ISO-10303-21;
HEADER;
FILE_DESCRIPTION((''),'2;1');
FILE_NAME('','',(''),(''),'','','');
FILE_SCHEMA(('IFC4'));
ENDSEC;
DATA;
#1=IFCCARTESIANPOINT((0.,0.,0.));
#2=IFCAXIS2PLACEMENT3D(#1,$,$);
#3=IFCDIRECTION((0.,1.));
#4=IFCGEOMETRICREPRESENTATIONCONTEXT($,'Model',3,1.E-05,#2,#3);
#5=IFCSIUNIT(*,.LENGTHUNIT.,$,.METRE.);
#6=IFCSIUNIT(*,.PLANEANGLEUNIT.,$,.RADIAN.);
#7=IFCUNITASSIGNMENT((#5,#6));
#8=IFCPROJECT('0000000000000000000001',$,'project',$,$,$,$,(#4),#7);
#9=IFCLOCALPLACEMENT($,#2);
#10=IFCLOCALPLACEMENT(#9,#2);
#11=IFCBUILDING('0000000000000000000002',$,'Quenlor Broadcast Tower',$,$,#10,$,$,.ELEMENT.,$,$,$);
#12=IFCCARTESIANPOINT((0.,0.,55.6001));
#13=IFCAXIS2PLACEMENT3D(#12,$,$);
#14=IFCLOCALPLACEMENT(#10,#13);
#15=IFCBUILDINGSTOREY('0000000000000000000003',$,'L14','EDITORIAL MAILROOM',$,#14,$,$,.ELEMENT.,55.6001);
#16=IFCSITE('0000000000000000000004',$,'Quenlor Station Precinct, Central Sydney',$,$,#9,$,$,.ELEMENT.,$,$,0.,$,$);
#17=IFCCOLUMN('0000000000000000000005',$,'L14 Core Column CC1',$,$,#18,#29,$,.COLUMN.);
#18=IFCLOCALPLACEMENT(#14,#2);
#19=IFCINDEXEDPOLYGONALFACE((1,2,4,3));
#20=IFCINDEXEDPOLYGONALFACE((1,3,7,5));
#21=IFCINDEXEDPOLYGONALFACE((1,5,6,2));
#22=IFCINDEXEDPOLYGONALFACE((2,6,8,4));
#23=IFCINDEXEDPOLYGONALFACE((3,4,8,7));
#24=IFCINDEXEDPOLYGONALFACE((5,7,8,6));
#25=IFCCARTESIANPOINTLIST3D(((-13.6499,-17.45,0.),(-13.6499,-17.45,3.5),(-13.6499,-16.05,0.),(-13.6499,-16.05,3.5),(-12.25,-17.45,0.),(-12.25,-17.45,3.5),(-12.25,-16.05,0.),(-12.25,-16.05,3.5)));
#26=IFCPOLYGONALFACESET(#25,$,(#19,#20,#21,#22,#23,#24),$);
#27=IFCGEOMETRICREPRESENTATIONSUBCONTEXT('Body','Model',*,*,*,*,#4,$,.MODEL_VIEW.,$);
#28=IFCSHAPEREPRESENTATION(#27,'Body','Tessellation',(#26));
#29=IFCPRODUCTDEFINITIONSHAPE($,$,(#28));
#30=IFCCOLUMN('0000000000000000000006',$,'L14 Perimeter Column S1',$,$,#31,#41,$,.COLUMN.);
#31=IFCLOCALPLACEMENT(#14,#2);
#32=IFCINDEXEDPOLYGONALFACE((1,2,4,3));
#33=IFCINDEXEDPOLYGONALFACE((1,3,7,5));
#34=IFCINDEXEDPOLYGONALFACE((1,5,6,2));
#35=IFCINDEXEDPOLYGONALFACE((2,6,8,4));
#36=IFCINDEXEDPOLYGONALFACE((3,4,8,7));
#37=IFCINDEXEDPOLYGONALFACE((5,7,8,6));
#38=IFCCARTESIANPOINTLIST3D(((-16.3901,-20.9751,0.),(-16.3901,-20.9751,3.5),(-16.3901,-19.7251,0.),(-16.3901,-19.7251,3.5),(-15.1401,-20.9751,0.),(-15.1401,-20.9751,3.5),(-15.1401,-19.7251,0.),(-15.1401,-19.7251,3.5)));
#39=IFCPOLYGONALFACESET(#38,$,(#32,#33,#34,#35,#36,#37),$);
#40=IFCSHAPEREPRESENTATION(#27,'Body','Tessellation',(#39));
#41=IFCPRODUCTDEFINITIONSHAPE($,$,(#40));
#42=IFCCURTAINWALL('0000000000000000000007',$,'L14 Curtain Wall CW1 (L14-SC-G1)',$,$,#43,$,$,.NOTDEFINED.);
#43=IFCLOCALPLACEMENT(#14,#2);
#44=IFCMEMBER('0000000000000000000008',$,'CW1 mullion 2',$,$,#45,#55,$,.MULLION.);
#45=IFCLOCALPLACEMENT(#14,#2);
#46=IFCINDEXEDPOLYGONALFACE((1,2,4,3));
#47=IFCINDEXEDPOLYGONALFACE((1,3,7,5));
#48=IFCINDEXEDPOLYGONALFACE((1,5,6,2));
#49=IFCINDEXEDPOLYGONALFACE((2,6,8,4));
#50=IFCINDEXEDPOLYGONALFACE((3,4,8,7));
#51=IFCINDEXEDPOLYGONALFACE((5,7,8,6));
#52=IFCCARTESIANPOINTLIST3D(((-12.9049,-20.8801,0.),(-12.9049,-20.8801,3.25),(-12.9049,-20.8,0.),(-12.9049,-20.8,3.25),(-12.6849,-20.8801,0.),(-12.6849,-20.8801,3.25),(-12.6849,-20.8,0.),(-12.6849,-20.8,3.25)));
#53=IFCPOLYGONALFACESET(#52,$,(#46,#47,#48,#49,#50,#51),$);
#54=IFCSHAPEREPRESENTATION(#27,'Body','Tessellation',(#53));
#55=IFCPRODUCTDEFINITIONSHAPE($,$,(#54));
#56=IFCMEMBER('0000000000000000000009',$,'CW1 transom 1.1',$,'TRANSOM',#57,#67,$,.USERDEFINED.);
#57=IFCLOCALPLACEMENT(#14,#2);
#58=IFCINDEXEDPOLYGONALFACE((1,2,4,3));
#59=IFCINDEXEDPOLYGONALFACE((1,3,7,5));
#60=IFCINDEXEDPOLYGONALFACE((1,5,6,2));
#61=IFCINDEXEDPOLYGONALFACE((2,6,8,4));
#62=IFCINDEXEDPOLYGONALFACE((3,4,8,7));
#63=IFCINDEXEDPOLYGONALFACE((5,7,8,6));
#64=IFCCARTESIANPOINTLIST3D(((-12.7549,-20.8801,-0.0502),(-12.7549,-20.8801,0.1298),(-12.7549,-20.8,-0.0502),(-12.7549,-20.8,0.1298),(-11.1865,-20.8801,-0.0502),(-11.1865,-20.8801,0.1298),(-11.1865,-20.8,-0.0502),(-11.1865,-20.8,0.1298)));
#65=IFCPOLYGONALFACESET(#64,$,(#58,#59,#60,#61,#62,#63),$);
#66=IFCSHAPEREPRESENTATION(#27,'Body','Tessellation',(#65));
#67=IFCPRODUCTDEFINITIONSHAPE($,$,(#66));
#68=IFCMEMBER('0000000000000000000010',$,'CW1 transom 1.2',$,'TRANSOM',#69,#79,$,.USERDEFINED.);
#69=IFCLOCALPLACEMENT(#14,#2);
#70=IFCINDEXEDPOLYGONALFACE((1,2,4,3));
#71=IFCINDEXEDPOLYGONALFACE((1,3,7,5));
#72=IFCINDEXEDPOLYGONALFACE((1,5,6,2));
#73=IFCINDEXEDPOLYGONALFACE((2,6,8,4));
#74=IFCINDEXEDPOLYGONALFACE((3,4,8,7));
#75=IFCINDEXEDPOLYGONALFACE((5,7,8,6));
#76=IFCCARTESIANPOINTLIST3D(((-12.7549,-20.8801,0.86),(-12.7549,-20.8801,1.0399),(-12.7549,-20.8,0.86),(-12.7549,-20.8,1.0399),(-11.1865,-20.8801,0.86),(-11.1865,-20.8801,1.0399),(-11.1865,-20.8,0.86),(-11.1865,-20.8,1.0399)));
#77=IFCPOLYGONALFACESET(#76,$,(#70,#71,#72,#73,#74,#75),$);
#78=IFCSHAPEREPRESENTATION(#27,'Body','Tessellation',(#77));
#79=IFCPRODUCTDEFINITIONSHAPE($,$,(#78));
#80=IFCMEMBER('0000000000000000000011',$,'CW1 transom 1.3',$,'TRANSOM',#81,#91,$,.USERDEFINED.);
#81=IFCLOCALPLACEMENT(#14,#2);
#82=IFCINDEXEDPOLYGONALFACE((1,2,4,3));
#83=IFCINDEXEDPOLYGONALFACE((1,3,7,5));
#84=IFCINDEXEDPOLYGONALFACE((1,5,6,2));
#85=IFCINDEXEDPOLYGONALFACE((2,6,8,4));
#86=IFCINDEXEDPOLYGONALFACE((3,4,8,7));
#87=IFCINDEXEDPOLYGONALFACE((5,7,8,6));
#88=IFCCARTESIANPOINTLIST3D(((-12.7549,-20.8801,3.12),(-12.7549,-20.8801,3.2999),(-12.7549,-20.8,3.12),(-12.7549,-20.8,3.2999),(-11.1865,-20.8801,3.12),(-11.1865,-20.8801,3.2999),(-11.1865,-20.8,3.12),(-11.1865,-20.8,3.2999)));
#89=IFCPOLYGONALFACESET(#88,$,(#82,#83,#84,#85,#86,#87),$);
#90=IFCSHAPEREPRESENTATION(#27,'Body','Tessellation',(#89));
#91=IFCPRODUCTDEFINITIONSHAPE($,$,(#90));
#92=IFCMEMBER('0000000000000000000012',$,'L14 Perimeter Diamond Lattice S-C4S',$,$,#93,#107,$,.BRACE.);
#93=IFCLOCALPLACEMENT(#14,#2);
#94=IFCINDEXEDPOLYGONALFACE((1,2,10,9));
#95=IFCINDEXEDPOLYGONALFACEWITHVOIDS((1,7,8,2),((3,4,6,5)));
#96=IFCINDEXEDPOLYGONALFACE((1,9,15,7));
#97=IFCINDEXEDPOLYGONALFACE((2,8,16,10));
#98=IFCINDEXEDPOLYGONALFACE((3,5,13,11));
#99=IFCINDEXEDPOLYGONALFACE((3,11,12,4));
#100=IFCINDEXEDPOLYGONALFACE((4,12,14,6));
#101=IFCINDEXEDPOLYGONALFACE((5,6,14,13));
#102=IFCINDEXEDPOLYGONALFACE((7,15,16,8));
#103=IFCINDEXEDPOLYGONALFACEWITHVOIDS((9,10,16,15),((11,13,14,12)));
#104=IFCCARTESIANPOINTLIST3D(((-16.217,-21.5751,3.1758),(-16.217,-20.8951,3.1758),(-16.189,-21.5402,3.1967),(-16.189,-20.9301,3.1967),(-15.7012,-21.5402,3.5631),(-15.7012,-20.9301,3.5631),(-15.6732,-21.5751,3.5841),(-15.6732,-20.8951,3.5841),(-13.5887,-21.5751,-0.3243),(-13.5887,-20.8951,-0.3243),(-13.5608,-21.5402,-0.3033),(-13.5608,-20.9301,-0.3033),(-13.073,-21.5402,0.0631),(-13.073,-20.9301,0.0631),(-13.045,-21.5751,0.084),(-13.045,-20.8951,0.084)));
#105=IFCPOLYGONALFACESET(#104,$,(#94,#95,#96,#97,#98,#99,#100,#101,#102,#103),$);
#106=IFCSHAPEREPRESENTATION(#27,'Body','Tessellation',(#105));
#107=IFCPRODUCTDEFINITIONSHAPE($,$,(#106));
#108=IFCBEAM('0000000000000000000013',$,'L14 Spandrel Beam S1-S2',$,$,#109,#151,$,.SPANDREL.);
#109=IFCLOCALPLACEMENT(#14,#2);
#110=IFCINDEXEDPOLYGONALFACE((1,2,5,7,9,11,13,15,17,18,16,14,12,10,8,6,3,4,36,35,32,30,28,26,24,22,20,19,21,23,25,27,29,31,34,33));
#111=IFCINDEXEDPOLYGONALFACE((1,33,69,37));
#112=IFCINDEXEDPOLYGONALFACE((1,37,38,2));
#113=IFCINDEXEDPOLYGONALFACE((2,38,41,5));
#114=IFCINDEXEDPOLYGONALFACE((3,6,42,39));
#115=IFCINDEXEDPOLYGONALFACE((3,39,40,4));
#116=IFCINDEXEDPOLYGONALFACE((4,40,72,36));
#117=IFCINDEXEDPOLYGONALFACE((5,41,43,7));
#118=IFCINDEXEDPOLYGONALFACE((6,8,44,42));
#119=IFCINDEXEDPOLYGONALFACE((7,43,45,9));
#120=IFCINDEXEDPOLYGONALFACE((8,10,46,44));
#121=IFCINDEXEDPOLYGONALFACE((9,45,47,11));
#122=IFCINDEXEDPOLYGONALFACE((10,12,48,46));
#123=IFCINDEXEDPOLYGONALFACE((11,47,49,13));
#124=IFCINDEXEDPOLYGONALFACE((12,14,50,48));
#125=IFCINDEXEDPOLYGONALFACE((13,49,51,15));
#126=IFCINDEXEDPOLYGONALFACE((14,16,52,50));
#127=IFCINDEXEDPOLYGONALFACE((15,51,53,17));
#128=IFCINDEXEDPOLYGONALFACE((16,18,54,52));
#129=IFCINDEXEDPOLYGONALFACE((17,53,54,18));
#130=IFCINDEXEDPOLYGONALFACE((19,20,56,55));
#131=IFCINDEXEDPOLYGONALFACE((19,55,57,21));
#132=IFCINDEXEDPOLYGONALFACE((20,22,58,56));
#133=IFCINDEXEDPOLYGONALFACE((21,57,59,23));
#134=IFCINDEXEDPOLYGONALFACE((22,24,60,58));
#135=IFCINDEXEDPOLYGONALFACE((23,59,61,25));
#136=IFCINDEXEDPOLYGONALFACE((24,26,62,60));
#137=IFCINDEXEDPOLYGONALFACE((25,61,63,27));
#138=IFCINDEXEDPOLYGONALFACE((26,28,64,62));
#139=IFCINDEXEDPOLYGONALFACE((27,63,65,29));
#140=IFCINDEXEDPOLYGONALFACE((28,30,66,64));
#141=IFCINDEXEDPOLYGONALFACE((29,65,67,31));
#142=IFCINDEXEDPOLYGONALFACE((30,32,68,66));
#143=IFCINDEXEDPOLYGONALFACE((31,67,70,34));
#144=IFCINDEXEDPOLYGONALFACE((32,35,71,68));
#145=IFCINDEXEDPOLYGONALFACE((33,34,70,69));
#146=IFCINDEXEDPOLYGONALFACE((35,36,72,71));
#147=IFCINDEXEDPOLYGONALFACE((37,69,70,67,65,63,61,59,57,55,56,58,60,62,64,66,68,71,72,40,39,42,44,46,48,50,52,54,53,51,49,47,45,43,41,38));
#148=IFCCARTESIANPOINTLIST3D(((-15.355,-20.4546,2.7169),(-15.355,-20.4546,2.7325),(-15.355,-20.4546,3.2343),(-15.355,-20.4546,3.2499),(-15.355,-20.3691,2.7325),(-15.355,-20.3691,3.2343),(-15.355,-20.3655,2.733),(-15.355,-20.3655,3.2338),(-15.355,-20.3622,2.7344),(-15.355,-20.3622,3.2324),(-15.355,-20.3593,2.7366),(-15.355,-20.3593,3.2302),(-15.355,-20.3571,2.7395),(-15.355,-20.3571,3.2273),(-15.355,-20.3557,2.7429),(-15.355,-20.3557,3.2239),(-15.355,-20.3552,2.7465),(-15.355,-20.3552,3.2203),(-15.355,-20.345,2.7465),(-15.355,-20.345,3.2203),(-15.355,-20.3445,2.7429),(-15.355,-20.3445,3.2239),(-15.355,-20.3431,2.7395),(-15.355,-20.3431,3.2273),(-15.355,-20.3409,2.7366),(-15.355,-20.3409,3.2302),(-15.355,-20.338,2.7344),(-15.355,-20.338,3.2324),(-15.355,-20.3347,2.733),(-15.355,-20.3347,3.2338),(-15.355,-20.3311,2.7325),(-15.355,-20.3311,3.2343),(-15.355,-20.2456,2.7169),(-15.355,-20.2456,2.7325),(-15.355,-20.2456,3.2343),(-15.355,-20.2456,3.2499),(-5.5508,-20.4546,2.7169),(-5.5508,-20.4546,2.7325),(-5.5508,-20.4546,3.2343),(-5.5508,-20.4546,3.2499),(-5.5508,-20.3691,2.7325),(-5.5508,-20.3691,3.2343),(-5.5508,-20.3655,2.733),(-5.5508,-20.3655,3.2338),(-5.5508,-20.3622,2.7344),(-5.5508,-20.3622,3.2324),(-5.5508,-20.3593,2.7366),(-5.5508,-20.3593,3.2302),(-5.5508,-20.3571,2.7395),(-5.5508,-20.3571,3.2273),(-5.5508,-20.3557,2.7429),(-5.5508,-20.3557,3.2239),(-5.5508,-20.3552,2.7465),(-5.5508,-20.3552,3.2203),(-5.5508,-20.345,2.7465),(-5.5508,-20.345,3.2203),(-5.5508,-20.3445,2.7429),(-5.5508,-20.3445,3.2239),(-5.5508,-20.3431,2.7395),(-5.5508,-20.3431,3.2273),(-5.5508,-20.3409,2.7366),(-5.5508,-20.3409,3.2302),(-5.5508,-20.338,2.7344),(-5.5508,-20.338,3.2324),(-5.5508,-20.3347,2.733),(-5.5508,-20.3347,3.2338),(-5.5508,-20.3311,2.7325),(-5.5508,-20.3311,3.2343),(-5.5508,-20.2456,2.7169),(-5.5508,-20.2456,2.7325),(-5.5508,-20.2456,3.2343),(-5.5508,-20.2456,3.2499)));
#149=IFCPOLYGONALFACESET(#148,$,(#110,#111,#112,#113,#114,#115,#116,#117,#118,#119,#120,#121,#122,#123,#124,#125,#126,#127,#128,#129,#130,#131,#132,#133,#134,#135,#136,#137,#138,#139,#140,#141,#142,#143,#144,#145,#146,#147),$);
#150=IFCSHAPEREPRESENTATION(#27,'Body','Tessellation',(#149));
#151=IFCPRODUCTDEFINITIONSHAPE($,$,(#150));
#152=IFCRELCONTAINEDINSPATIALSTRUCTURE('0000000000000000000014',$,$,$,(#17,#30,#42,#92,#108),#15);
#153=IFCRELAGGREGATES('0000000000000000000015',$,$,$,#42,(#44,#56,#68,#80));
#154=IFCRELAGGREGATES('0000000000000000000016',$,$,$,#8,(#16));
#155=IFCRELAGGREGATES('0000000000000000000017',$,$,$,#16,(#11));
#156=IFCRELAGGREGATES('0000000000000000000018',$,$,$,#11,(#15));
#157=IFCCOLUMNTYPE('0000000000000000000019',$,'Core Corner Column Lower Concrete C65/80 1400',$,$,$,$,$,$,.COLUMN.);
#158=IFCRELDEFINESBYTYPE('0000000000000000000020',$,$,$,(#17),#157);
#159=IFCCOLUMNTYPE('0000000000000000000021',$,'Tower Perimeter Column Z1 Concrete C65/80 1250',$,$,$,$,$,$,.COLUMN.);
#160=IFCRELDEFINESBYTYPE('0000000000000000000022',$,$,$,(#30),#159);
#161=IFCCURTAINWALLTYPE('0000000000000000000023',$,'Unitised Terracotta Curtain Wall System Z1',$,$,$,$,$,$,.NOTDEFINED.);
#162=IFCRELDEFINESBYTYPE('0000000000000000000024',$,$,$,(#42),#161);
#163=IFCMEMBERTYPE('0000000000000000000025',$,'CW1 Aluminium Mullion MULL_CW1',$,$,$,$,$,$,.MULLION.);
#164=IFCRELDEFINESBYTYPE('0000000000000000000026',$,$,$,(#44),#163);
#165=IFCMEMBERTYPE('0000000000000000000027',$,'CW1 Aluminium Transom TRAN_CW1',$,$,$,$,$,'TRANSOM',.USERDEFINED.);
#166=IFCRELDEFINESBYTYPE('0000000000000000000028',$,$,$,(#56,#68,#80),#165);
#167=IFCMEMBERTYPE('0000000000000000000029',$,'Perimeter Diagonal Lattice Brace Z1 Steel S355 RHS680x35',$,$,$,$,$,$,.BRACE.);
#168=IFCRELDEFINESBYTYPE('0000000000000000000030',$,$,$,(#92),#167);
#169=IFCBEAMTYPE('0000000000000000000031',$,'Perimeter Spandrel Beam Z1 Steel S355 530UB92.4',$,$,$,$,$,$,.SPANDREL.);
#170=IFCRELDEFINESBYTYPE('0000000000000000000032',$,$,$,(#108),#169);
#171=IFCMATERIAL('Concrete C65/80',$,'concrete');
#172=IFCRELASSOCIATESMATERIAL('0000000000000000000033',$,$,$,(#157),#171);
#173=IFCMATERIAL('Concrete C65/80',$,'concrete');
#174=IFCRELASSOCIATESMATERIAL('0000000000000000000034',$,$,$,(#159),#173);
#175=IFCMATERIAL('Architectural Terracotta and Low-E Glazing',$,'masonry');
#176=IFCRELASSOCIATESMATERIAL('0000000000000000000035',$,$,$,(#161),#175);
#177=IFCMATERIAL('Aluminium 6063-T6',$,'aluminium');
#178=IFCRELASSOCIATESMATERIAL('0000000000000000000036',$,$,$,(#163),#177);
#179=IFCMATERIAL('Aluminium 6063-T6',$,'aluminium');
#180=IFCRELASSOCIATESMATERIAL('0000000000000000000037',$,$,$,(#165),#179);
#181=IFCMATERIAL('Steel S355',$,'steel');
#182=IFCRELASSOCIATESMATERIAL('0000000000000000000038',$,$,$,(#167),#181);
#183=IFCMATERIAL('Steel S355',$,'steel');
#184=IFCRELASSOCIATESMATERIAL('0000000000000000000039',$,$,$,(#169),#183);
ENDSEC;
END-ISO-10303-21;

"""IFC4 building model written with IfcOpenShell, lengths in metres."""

from ifc_helpers import new_model, si_unit, direction, frame, origin, origin_2d, place, context, subcontext, project, spatial, rectangle, hollow_rectangle, i_section, extrude, material, material_profile, profile_set, type_object, element, aggregate, save


model = new_model("IFC4")

# Units and contexts
model_context = context("Model", 3, precision=1e-05, world=origin(), true_north=direction((0.0, 1.0)))
body_context = subcontext(model_context, "Body", "Model", "MODEL_VIEW")
ifc_project = project(units=[si_unit("LENGTHUNIT", "METRE"), si_unit("PLANEANGLEUNIT", "RADIAN")], contexts=[model_context])

# Site, building, storey
site_placement = place(None, origin())
site = spatial("IfcSite", under=ifc_project, at=site_placement, Name="Quenlor Station Precinct, Central Sydney", CompositionType="ELEMENT", RefElevation=0.0)
building_placement = place(site_placement, origin())
building = spatial("IfcBuilding", under=site, at=building_placement, Name="Quenlor Broadcast Tower", CompositionType="ELEMENT")
storey_placement = place(building_placement, frame((0.0, 0.0, 55.6001)))
storey = spatial("IfcBuildingStorey", under=building, at=storey_placement, Name="L14", Description="EDITORIAL MAILROOM", CompositionType="ELEMENT", Elevation=55.6001)

# Columns
ifc_material_1 = material(Name="Concrete C65/80", Category="concrete")
ifc_material_profile_1 = material_profile(ifc_material_1, rectangle(XDim=1.3999, YDim=1.3999, at=origin_2d()))
ifc_profile_set_1 = profile_set([ifc_material_profile_1], Name="Concrete C65/80 RC1400x1400")
column_type_1 = type_object("IfcColumnType", Name="Core Corner Column Lower Concrete C65/80 1400", PredefinedType="COLUMN", material=ifc_profile_set_1)
column_1_placement = place(storey_placement, frame((-12.95, -16.75, 0.0), z_axis=(0.0, 0.0, 1.0), x_axis=(1.0, 0.0, 0.0)))
element("IfcColumn", 1, at=column_1_placement, inside=storey, type_object=column_type_1, Name="L14 Core Column CC1", PredefinedType="COLUMN", context=body_context, shape_type="SweptSolid", body=[
    extrude(rectangle(XDim=1.3999, YDim=1.3999, at=origin_2d()), origin(), (0.0, 0.0, 1.0), 3.5),
])
ifc_material_2 = material(Name="Concrete C65/80", Category="concrete")
ifc_material_profile_2 = material_profile(ifc_material_2, rectangle(XDim=1.25, YDim=1.25, at=origin_2d()))
ifc_profile_set_2 = profile_set([ifc_material_profile_2], Name="Concrete C65/80 RC1250x1250")
column_type_2 = type_object("IfcColumnType", Name="Tower Perimeter Column Z1 Concrete C65/80 1250", PredefinedType="COLUMN", material=ifc_profile_set_2)
column_2_placement = place(storey_placement, frame((-15.7651, -20.3501, 0.0), z_axis=(0.0, 0.0, 1.0), x_axis=(0.0, 1.0, 0.0)))
element("IfcColumn", 2, at=column_2_placement, inside=storey, type_object=column_type_2, Name="L14 Perimeter Column S1", PredefinedType="COLUMN", context=body_context, shape_type="SweptSolid", body=[
    extrude(rectangle(XDim=1.25, YDim=1.25, at=origin_2d()), origin(), (0.0, 0.0, 1.0), 3.5),
])

# Curtain wall, members
ifc_material_3 = material(Name="Architectural Terracotta and Low-E Glazing", Category="masonry")
curtain_wall_type = type_object("IfcCurtainWallType", Name="Unitised Terracotta Curtain Wall System Z1", PredefinedType="NOTDEFINED", material=ifc_material_3)
curtain_wall_placement = place(storey_placement, origin())
curtain_wall = element("IfcCurtainWall", 3, at=curtain_wall_placement, inside=storey, type_object=curtain_wall_type, Name="L14 Curtain Wall CW1 (L14-SC-G1)", PredefinedType="NOTDEFINED")
ifc_material_4 = material(Name="Aluminium 6063-T6", Category="aluminium")
ifc_material_profile_3 = material_profile(ifc_material_4, rectangle(XDim=0.0801, YDim=0.22, at=origin_2d()))
ifc_profile_set_3 = profile_set([ifc_material_profile_3], Name="Aluminium 6063-T6 MULL80x220")
member_type_1 = type_object("IfcMemberType", Name="CW1 Aluminium Mullion MULL_CW1", PredefinedType="MULLION", material=ifc_profile_set_3)
member_1_placement = place(storey_placement, frame((-12.7949, -20.8401, 0.0), z_axis=(0.0, 0.0, 1.0), x_axis=(0.0, -1.0, 0.0)))
member_1 = element("IfcMember", 4, at=member_1_placement, type_object=member_type_1, Name="CW1 mullion 2", PredefinedType="MULLION", context=body_context, shape_type="SweptSolid", body=[
    extrude(rectangle(XDim=0.0801, YDim=0.22, at=origin_2d()), origin(), (0.0, 0.0, 1.0), 3.25),
])
ifc_material_5 = material(Name="Aluminium 6063-T6", Category="aluminium")
ifc_material_profile_4 = material_profile(ifc_material_5, rectangle(XDim=0.0801, YDim=0.1799, at=origin_2d()))
ifc_profile_set_4 = profile_set([ifc_material_profile_4], Name="Aluminium 6063-T6 TRAN80x180")
member_type_2 = type_object("IfcMemberType", Name="CW1 Aluminium Transom TRAN_CW1", ElementType="TRANSOM", PredefinedType="USERDEFINED", material=ifc_profile_set_4)
member_2_placement = place(storey_placement, frame((-11.1865, -20.8401, 0.0398), z_axis=(-1.0, 0.0, 0.0), x_axis=(0.0, -1.0, 0.0)))
member_2 = element("IfcMember", 5, at=member_2_placement, type_object=member_type_2, Name="CW1 transom 1.1", ObjectType="TRANSOM", PredefinedType="USERDEFINED", context=body_context, shape_type="SweptSolid", body=[
    extrude(rectangle(XDim=0.0801, YDim=0.1799, at=origin_2d()), origin(), (0.0, 0.0, 1.0), 1.5684),
])
member_3_placement = place(storey_placement, frame((-11.1865, -20.8401, 0.95), z_axis=(-1.0, 0.0, 0.0), x_axis=(0.0, -1.0, 0.0)))
member_3 = element("IfcMember", 6, at=member_3_placement, type_object=member_type_2, Name="CW1 transom 1.2", ObjectType="TRANSOM", PredefinedType="USERDEFINED", context=body_context, shape_type="SweptSolid", body=[
    extrude(rectangle(XDim=0.0801, YDim=0.1799, at=origin_2d()), origin(), (0.0, 0.0, 1.0), 1.5684),
])
member_4_placement = place(storey_placement, frame((-11.1865, -20.8401, 3.21), z_axis=(-1.0, 0.0, 0.0), x_axis=(0.0, -1.0, 0.0)))
member_4 = element("IfcMember", 7, at=member_4_placement, type_object=member_type_2, Name="CW1 transom 1.3", ObjectType="TRANSOM", PredefinedType="USERDEFINED", context=body_context, shape_type="SweptSolid", body=[
    extrude(rectangle(XDim=0.0801, YDim=0.1799, at=origin_2d()), origin(), (0.0, 0.0, 1.0), 1.5684),
])

# Member
ifc_material_6 = material(Name="Steel S355", Category="steel")
ifc_material_profile_5 = material_profile(ifc_material_6, hollow_rectangle(XDim=0.6799, YDim=0.6799, WallThickness=0.0349, at=origin_2d()))
ifc_profile_set_5 = profile_set([ifc_material_profile_5], Name="Steel S355 RHS680x680x35")
member_type_3 = type_object("IfcMemberType", Name="Perimeter Diagonal Lattice Brace Z1 Steel S355 RHS680x35", PredefinedType="BRACE", material=ifc_profile_set_5)
member_5_placement = place(storey_placement, frame((-13.3169, -21.2351, -0.1201), z_axis=(-0.600464, 0.0, 0.799652), x_axis=(0.0, -1.0, 0.0)))
element("IfcMember", 8, at=member_5_placement, inside=storey, type_object=member_type_3, Name="L14 Perimeter Diamond Lattice S-C4S", PredefinedType="BRACE", context=body_context, shape_type="SweptSolid", body=[
    extrude(hollow_rectangle(XDim=0.6799, YDim=0.6799, WallThickness=0.0349, at=origin_2d()), origin(), (0.0, 0.0, 1.0), 4.377),
])

# Beam
ifc_material_7 = material(Name="Steel S355", Category="steel")
ifc_material_profile_6 = material_profile(ifc_material_7, i_section(OverallWidth=0.209, OverallDepth=0.533, WebThickness=0.0103, FlangeThickness=0.0156, FilletRadius=0.0139, at=origin_2d()))
ifc_profile_set_6 = profile_set([ifc_material_profile_6], Name="Steel S355 530UB92.4")
beam_type_1 = type_object("IfcBeamType", Name="Perimeter Spandrel Beam Z1 Steel S355 530UB92.4", PredefinedType="SPANDREL", material=ifc_profile_set_6)
beam_1_placement = place(storey_placement, frame((-15.355, -20.3501, 2.9834), z_axis=(1.0, 0.0, 0.0), x_axis=(0.0, 1.0, 0.0)))
element("IfcBeam", 9, at=beam_1_placement, inside=storey, type_object=beam_type_1, Name="L14 Spandrel Beam S1-S2", PredefinedType="SPANDREL", context=body_context, shape_type="SweptSolid", body=[
    extrude(i_section(OverallWidth=0.209, OverallDepth=0.533, WebThickness=0.0103, FlangeThickness=0.0156, FilletRadius=0.0139, at=origin_2d()), origin(), (0.0, 0.0, 1.0), 9.8042),
])

aggregate(curtain_wall, [member_1, member_2, member_3, member_4])

save(model, "model.ifc")
